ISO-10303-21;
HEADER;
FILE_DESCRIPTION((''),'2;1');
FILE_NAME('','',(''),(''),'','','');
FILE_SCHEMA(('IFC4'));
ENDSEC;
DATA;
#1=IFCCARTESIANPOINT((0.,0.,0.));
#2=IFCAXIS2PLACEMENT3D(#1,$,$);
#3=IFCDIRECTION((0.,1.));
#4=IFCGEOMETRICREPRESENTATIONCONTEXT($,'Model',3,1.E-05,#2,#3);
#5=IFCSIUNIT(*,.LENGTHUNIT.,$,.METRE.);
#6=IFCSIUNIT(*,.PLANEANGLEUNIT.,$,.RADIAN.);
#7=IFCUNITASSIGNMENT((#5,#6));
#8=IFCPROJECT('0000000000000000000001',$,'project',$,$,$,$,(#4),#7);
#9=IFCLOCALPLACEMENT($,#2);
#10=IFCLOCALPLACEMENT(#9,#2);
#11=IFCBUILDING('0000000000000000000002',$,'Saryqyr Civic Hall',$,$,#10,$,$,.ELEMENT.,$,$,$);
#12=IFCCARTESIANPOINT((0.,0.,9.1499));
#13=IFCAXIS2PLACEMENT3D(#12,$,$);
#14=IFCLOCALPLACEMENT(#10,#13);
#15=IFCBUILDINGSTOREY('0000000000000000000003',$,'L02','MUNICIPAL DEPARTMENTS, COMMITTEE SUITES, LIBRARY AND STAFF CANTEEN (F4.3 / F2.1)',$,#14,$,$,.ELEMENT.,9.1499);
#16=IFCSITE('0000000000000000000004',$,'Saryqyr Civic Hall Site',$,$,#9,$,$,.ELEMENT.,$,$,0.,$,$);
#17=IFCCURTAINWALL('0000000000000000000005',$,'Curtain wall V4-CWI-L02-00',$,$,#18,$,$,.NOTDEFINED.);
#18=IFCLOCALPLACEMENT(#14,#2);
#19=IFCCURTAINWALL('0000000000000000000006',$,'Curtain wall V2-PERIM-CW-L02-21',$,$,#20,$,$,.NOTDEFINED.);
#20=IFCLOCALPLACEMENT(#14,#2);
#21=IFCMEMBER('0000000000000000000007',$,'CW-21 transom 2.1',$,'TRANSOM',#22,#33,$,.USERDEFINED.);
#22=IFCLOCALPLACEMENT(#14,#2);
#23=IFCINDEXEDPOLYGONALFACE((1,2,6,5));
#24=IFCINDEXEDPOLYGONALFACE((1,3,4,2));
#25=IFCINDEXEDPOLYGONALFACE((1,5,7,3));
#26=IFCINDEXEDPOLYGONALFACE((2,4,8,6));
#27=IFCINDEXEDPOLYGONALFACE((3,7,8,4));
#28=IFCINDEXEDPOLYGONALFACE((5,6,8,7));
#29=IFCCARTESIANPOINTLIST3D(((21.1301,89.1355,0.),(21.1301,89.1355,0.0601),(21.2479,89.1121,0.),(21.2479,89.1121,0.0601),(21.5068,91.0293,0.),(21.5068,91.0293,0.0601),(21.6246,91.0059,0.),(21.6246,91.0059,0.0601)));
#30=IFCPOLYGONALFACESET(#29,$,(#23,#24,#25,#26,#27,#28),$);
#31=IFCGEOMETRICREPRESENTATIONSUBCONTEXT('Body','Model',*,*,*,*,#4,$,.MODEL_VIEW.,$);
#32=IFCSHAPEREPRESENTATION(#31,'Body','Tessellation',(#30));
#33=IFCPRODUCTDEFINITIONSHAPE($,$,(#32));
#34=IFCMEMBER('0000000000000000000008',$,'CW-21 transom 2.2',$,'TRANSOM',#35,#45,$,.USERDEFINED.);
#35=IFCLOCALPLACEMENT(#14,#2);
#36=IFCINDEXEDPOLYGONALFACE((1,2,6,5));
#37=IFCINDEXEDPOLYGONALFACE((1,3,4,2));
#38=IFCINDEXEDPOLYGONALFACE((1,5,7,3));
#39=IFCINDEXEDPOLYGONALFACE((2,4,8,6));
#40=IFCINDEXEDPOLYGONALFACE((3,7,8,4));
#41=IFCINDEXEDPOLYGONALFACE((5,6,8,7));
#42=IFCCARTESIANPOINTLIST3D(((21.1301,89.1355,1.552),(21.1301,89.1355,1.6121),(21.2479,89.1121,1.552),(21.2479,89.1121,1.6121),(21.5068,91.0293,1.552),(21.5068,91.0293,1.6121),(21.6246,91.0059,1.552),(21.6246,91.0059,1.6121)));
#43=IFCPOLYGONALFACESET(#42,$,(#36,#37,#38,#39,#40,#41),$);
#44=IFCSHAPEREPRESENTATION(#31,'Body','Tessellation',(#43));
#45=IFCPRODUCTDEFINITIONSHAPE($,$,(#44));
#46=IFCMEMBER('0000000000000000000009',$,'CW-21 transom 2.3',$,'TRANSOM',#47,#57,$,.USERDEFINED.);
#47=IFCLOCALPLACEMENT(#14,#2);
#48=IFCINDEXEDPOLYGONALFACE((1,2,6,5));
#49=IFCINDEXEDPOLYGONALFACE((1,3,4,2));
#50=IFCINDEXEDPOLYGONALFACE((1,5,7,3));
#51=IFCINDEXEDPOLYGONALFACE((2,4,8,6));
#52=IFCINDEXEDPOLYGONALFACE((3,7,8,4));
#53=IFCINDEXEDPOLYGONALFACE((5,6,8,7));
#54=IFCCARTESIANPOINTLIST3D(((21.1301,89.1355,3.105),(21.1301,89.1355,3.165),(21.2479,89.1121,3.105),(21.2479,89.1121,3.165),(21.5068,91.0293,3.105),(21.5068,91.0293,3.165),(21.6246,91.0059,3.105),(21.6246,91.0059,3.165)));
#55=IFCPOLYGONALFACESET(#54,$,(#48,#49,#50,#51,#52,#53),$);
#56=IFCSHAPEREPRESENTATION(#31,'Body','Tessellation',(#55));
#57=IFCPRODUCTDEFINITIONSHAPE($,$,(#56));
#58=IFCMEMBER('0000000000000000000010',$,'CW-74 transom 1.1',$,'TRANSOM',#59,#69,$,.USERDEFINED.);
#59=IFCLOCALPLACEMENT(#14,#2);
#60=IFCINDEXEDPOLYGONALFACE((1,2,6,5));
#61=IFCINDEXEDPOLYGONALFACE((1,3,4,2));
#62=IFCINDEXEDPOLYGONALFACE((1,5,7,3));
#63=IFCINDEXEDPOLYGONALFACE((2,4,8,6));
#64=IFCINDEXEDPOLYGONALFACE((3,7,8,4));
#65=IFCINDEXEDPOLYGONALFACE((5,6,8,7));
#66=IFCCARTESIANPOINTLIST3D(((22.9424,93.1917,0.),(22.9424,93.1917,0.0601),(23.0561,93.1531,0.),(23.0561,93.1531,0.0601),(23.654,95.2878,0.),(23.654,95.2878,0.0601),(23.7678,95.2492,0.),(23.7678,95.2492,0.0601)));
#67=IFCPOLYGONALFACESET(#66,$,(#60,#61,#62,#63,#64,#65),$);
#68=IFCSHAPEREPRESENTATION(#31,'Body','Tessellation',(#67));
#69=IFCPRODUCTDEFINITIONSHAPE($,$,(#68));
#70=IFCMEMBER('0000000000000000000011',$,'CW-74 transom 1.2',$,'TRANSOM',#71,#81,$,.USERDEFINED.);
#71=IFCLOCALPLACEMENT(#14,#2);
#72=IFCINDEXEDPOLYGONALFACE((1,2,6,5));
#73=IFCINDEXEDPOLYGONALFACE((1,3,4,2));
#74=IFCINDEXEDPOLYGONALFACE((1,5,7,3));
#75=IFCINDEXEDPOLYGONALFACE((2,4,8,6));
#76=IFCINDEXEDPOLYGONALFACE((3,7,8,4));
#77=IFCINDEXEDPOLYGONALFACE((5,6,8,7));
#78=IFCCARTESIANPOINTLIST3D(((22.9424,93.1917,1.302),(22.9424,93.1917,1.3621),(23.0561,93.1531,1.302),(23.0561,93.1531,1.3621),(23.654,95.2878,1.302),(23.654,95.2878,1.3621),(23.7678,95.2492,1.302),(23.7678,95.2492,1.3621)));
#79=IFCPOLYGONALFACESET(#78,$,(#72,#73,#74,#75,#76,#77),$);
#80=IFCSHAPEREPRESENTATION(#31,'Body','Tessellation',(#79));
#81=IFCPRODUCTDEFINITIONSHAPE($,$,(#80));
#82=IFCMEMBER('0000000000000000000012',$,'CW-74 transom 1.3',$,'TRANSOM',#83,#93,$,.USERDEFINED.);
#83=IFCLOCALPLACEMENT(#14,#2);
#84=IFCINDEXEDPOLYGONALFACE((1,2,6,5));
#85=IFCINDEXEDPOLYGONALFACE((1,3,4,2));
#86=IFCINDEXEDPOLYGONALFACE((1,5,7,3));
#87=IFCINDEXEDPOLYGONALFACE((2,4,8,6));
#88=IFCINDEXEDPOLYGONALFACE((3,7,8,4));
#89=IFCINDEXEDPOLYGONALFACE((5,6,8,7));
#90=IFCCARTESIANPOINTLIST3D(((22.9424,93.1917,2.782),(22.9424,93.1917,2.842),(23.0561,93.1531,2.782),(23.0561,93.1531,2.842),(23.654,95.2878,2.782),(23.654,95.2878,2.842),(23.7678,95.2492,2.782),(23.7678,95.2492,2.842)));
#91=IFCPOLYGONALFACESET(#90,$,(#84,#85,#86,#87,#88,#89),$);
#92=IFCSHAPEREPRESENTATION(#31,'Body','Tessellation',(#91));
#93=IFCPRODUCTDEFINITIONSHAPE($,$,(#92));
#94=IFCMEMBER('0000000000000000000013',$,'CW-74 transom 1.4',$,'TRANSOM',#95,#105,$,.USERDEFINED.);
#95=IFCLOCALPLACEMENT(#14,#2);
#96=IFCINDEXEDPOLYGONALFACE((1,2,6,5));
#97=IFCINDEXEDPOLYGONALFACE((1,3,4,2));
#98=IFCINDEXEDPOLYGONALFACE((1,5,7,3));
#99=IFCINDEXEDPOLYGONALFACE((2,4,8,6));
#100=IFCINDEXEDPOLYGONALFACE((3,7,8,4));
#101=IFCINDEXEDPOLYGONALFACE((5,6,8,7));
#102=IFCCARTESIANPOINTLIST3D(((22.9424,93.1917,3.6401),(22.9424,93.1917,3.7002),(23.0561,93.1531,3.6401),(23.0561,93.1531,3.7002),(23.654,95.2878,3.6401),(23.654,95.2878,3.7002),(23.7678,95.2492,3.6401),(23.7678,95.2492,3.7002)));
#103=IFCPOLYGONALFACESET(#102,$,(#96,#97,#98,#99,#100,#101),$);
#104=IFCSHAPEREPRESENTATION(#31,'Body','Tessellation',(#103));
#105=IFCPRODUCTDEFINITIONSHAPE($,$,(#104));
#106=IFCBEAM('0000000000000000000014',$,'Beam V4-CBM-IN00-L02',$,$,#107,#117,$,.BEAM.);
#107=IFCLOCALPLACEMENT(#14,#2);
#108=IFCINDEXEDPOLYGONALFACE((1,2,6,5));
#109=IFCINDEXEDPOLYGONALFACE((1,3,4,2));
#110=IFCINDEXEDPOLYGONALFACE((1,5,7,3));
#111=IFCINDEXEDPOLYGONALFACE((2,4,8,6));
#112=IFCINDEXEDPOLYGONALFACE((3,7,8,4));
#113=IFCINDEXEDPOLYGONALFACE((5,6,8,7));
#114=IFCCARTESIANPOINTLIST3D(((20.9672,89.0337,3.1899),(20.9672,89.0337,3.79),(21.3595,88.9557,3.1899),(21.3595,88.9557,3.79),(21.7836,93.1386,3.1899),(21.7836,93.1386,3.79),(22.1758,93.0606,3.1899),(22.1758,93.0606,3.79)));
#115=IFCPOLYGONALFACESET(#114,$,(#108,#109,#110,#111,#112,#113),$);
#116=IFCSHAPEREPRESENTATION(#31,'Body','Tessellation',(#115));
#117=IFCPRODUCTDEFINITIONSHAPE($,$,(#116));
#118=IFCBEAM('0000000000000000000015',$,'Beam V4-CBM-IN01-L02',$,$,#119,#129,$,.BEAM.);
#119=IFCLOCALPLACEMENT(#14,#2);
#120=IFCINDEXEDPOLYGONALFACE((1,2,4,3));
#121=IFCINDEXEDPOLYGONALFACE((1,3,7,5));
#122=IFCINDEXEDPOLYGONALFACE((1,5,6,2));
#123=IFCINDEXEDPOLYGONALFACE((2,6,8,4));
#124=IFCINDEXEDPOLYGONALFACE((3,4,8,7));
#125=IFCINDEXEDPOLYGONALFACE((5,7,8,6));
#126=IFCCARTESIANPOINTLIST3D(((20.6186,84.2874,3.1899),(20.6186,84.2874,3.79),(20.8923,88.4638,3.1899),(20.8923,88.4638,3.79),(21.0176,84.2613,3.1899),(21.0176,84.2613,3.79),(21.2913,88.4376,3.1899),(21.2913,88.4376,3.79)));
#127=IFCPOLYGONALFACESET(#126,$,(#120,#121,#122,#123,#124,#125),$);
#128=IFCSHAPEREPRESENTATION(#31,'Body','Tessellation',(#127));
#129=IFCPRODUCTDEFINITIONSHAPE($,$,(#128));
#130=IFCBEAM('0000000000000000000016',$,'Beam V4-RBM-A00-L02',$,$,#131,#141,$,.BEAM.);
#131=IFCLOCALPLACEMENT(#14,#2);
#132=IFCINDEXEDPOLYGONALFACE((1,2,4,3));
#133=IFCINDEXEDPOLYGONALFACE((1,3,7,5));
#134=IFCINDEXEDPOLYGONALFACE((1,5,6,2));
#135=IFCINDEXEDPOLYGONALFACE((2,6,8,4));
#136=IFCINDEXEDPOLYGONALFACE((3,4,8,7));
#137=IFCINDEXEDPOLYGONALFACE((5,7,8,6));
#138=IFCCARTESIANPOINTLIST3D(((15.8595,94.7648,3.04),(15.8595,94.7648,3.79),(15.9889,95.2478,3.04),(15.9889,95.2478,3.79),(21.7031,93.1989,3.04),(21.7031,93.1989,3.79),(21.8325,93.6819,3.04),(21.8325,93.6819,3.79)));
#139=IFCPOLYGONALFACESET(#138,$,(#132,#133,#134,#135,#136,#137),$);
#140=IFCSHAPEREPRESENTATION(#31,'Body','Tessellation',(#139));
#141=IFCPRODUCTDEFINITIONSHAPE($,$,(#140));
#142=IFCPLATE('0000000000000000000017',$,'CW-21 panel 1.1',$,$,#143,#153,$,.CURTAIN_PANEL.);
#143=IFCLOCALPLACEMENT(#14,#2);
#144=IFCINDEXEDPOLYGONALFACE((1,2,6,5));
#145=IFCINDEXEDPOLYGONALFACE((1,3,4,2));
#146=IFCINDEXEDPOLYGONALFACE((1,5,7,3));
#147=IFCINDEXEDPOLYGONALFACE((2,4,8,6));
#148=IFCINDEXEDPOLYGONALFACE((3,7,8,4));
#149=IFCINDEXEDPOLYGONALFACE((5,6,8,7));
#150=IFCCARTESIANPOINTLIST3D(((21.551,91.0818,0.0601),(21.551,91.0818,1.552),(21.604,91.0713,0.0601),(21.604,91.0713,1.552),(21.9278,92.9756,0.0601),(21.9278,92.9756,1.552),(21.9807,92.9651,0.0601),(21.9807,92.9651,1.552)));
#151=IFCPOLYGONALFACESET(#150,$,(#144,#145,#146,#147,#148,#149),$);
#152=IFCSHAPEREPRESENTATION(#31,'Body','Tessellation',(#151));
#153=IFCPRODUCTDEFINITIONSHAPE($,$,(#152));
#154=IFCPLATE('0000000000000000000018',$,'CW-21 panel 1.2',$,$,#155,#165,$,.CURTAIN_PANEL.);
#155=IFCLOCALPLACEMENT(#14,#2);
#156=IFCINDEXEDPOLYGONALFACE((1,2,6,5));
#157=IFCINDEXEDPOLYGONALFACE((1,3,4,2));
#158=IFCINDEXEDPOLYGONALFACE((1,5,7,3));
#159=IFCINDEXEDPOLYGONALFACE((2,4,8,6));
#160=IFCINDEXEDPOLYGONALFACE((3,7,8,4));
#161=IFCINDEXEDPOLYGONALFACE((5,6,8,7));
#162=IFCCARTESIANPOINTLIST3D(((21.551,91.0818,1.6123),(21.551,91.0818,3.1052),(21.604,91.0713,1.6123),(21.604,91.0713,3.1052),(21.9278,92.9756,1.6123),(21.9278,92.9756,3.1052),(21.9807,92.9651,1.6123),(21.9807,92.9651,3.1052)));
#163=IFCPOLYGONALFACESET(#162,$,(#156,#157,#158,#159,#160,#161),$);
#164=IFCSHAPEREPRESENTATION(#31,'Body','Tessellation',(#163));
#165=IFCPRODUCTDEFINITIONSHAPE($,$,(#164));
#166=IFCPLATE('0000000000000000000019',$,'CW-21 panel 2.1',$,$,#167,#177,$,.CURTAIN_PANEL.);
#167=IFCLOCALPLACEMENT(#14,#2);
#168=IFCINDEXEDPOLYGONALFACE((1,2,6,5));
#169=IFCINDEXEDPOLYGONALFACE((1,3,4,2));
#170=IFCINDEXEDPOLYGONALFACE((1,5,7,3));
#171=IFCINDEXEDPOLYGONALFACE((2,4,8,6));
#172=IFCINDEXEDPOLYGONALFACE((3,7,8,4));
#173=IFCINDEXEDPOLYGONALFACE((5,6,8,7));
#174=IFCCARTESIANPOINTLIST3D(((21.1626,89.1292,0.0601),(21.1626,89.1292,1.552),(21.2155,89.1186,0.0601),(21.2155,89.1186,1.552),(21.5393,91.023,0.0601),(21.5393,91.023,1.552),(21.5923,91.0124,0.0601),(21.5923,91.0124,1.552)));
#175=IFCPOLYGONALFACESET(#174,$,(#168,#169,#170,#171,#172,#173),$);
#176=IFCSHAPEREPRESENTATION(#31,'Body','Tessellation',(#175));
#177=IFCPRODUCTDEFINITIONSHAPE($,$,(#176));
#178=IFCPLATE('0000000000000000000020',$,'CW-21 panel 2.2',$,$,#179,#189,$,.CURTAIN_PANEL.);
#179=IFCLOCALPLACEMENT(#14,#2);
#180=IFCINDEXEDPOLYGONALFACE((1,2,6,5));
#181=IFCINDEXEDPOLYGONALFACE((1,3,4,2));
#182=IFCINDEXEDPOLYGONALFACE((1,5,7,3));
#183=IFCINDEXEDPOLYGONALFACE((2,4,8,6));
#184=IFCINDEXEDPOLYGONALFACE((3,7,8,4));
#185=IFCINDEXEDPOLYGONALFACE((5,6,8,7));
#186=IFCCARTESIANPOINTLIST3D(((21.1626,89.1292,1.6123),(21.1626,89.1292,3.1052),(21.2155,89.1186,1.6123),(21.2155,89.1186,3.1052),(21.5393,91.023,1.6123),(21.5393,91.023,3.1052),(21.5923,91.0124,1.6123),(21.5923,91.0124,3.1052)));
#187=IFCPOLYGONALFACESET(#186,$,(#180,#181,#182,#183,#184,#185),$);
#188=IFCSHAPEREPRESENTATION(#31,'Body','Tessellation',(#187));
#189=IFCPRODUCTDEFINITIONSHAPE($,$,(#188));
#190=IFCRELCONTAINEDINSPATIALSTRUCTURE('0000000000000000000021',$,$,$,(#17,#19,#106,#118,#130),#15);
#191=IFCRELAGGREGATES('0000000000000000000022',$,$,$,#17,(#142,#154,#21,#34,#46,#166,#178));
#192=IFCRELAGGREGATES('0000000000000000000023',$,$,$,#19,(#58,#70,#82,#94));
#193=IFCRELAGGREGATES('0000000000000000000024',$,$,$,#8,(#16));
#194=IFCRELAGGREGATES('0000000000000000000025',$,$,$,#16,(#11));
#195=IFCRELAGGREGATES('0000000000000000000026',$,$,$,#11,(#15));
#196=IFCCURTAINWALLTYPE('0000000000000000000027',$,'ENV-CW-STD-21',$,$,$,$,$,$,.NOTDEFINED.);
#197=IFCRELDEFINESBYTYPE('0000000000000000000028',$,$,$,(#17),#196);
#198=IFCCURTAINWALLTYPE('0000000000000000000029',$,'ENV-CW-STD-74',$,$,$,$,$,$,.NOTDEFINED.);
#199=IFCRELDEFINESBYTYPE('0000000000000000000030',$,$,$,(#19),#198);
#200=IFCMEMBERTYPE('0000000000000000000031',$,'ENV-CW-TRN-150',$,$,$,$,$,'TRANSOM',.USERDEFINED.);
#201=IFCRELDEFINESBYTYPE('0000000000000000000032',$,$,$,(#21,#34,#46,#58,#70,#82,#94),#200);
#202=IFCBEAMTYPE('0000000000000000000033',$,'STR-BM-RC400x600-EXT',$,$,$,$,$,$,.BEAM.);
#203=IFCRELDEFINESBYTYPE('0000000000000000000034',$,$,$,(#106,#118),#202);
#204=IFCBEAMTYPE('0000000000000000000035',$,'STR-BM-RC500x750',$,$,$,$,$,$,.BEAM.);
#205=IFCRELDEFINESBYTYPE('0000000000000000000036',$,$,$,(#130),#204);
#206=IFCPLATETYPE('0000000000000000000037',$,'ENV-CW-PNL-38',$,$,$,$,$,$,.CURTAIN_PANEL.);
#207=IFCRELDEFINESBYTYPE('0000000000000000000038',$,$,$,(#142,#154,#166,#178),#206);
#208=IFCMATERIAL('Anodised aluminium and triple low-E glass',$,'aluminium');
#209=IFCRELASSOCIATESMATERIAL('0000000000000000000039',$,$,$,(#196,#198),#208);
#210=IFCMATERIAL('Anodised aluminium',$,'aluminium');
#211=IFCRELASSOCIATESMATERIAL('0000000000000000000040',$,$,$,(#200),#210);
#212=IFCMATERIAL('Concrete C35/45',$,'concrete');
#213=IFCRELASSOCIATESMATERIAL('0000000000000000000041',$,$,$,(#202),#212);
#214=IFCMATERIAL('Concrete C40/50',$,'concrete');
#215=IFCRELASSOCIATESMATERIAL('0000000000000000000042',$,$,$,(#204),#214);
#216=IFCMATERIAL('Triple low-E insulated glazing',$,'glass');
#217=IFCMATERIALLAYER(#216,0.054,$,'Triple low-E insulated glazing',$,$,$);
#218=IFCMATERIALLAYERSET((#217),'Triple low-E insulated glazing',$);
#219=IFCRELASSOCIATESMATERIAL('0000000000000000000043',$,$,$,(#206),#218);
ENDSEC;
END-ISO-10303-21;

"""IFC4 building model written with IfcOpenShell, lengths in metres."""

from ifc_helpers import new_model, si_unit, direction, frame, origin, origin_2d, place, context, subcontext, project, spatial, rectangle, extrude, material, layer, layer_set, material_profile, profile_set, type_object, element, aggregate, save


model = new_model("IFC4")

# Units and contexts
model_context = context("Model", 3, precision=1e-05, world=origin(), true_north=direction((0.0, 1.0)))
body_context = subcontext(model_context, "Body", "Model", "MODEL_VIEW")
ifc_project = project(units=[si_unit("LENGTHUNIT", "METRE"), si_unit("PLANEANGLEUNIT", "RADIAN")], contexts=[model_context])

# Site, building, storey
site_placement = place(None, origin())
site = spatial("IfcSite", under=ifc_project, at=site_placement, Name="Saryqyr Civic Hall Site", CompositionType="ELEMENT", RefElevation=0.0)
building_placement = place(site_placement, origin())
building = spatial("IfcBuilding", under=site, at=building_placement, Name="Saryqyr Civic Hall", CompositionType="ELEMENT")
storey_placement = place(building_placement, frame((0.0, 0.0, 9.1499)))
storey = spatial("IfcBuildingStorey", under=building, at=storey_placement, Name="L02", Description="MUNICIPAL DEPARTMENTS, COMMITTEE SUITES, LIBRARY AND STAFF CANTEEN (F4.3 / F2.1)", CompositionType="ELEMENT", Elevation=9.1499)

# Shared definitions
ifc_material_1 = material(Name="Concrete C40/50", Category="concrete")

# Curtain wall
ifc_material_2 = material(Name="Anodised aluminium and triple low-E glass", Category="aluminium")
curtain_wall_type_1 = type_object("IfcCurtainWallType", Name="ENV-CW-STD-21", PredefinedType="NOTDEFINED", material=ifc_material_2)
curtain_wall_1_placement = place(storey_placement, origin())
curtain_wall_1 = element("IfcCurtainWall", 1, at=curtain_wall_1_placement, inside=storey, type_object=curtain_wall_type_1, Name="Curtain wall V4-CWI-L02-00", PredefinedType="NOTDEFINED")
ifc_material_3 = material(Name="Anodised aluminium", Category="aluminium")

# Curtain wall
curtain_wall_type_2 = type_object("IfcCurtainWallType", Name="ENV-CW-STD-74", PredefinedType="NOTDEFINED", material=ifc_material_2)
curtain_wall_2_placement = place(storey_placement, origin())
curtain_wall_2 = element("IfcCurtainWall", 2, at=curtain_wall_2_placement, inside=storey, type_object=curtain_wall_type_2, Name="Curtain wall V2-PERIM-CW-L02-21", PredefinedType="NOTDEFINED")

# Members
ifc_material_profile_1 = material_profile(ifc_material_3, rectangle(XDim=0.1201, YDim=0.0601, at=origin_2d()), Name="ALU TRANSOM 120x60")
ifc_profile_set_1 = profile_set([ifc_material_profile_1], Name="Anodised aluminium")
member_type_1 = type_object("IfcMemberType", Name="ENV-CW-TRN-150", ElementType="TRANSOM", PredefinedType="USERDEFINED", material=ifc_profile_set_1)
member_1_placement = place(storey_placement, frame((21.5657, 91.0176, 0.03), z_axis=(-0.195095, -0.980784, 0.0), x_axis=(0.980784, -0.195095, 0.0)))
member_1 = element("IfcMember", 3, at=member_1_placement, type_object=member_type_1, Name="CW-21 transom 2.1", ObjectType="TRANSOM", PredefinedType="USERDEFINED", context=body_context, shape_type="SweptSolid", body=[
    extrude(rectangle(XDim=0.1201, YDim=0.0601, at=origin_2d()), origin(), (0.0, 0.0, 1.0), 1.9309),
])
member_2_placement = place(storey_placement, frame((21.5657, 91.0176, 1.582), z_axis=(-0.195095, -0.980784, 0.0), x_axis=(0.980784, -0.195095, 0.0)))
member_2 = element("IfcMember", 4, at=member_2_placement, type_object=member_type_1, Name="CW-21 transom 2.2", ObjectType="TRANSOM", PredefinedType="USERDEFINED", context=body_context, shape_type="SweptSolid", body=[
    extrude(rectangle(XDim=0.1201, YDim=0.0601, at=origin_2d()), origin(), (0.0, 0.0, 1.0), 1.9309),
])
member_3_placement = place(storey_placement, frame((21.5657, 91.0176, 3.135), z_axis=(-0.195095, -0.980784, 0.0), x_axis=(0.980784, -0.195095, 0.0)))
member_3 = element("IfcMember", 5, at=member_3_placement, type_object=member_type_1, Name="CW-21 transom 2.3", ObjectType="TRANSOM", PredefinedType="USERDEFINED", context=body_context, shape_type="SweptSolid", body=[
    extrude(rectangle(XDim=0.1201, YDim=0.0601, at=origin_2d()), origin(), (0.0, 0.0, 1.0), 1.9309),
])
member_4_placement = place(storey_placement, frame((22.9993, 93.1724, 0.03), z_axis=(0.321484, 0.946915, 0.0), x_axis=(-0.946915, 0.321484, 0.0)))
member_4 = element("IfcMember", 6, at=member_4_placement, type_object=member_type_1, Name="CW-74 transom 1.1", ObjectType="TRANSOM", PredefinedType="USERDEFINED", context=body_context, shape_type="SweptSolid", body=[
    extrude(rectangle(XDim=0.1201, YDim=0.0601, at=origin_2d()), origin(), (0.0, 0.0, 1.0), 2.2136),
])
member_5_placement = place(storey_placement, frame((22.9993, 93.1724, 1.332), z_axis=(0.321484, 0.946915, 0.0), x_axis=(-0.946915, 0.321484, 0.0)))
member_5 = element("IfcMember", 7, at=member_5_placement, type_object=member_type_1, Name="CW-74 transom 1.2", ObjectType="TRANSOM", PredefinedType="USERDEFINED", context=body_context, shape_type="SweptSolid", body=[
    extrude(rectangle(XDim=0.1201, YDim=0.0601, at=origin_2d()), origin(), (0.0, 0.0, 1.0), 2.2136),
])
member_6_placement = place(storey_placement, frame((22.9993, 93.1724, 2.812), z_axis=(0.321484, 0.946915, 0.0), x_axis=(-0.946915, 0.321484, 0.0)))
member_6 = element("IfcMember", 8, at=member_6_placement, type_object=member_type_1, Name="CW-74 transom 1.3", ObjectType="TRANSOM", PredefinedType="USERDEFINED", context=body_context, shape_type="SweptSolid", body=[
    extrude(rectangle(XDim=0.1201, YDim=0.0601, at=origin_2d()), origin(), (0.0, 0.0, 1.0), 2.2136),
])
member_7_placement = place(storey_placement, frame((22.9993, 93.1724, 3.6702), z_axis=(0.321484, 0.946915, 0.0), x_axis=(-0.946915, 0.321484, 0.0)))
member_7 = element("IfcMember", 9, at=member_7_placement, type_object=member_type_1, Name="CW-74 transom 1.4", ObjectType="TRANSOM", PredefinedType="USERDEFINED", context=body_context, shape_type="SweptSolid", body=[
    extrude(rectangle(XDim=0.1201, YDim=0.0601, at=origin_2d()), origin(), (0.0, 0.0, 1.0), 2.2136),
])

# Beams
ifc_material_4 = material(Name="Concrete C35/45", Category="concrete")
ifc_material_profile_2 = material_profile(ifc_material_4, rectangle(XDim=0.3999, YDim=0.6001, at=origin_2d()), Name="RC 400x600")
ifc_profile_set_2 = profile_set([ifc_material_profile_2], Name="Concrete C35/45")
beam_type_1 = type_object("IfcBeamType", Name="STR-BM-RC400x600-EXT", PredefinedType="BEAM", material=ifc_profile_set_2)
for number, where, z_axis, x_axis, name in (
    (10, (21.9797, 93.0996, 3.49), (-0.195062, -0.980791, 0.0), (0.980791, -0.195062, 0.0), "Beam V4-CBM-IN00-L02"),
    (11, (21.0918, 88.4507, 3.49), (-0.065392, -0.99786, 0.0), (0.99786, -0.065392, 0.0), "Beam V4-CBM-IN01-L02"),
):
    element("IfcBeam", number, at=place(storey_placement, frame(where, z_axis=z_axis, x_axis=x_axis)), inside=storey, type_object=beam_type_1, Name=name, PredefinedType="BEAM", context=body_context, shape_type="SweptSolid", body=[
        extrude(rectangle(XDim=0.3999, YDim=0.6001, at=origin_2d()), origin(), (0.0, 0.0, 1.0), 4.1853),
    ])
ifc_material_profile_3 = material_profile(ifc_material_1, rectangle(XDim=0.5, YDim=0.75, at=origin_2d()), Name="RC 500x750")
ifc_profile_set_3 = profile_set([ifc_material_profile_3], Name="Concrete C40/50")
beam_type_2 = type_object("IfcBeamType", Name="STR-BM-RC500x750", PredefinedType="BEAM", material=ifc_profile_set_3)
beam_placement = place(storey_placement, frame((21.7678, 93.4404, 3.415), z_axis=(-0.965922, 0.258833, 0.0), x_axis=(-0.258833, -0.965922, 0.0)))
element("IfcBeam", 12, at=beam_placement, inside=storey, type_object=beam_type_2, Name="Beam V4-RBM-A00-L02", PredefinedType="BEAM", context=body_context, shape_type="SweptSolid", body=[
    extrude(rectangle(XDim=0.5, YDim=0.75, at=origin_2d()), origin(), (0.0, 0.0, 1.0), 6.0498),
])

# Plates
ifc_material_5 = material(Name="Triple low-E insulated glazing", Category="glass")
ifc_layer_1 = layer(ifc_material_5, 0.054, Name="Triple low-E insulated glazing")
ifc_layer_set_1 = layer_set([ifc_layer_1], Name="Triple low-E insulated glazing")
plate_type = type_object("IfcPlateType", Name="ENV-CW-PNL-38", PredefinedType="CURTAIN_PANEL", material=ifc_layer_set_1)
plate_1_placement = place(storey_placement, frame((21.7659, 92.0234, 0.0601), z_axis=(0.0, 0.0, 1.0), x_axis=(-0.195107, -0.980782, 0.0)))
plate_1 = element("IfcPlate", 13, at=plate_1_placement, type_object=plate_type, Name="CW-21 panel 1.1", PredefinedType="CURTAIN_PANEL", context=body_context, shape_type="SweptSolid", body=[
    extrude(rectangle(XDim=1.9309, YDim=0.054, at=origin_2d()), origin(), (0.0, 0.0, 1.0), 1.4919),
])
plate_2_placement = place(storey_placement, frame((21.7659, 92.0234, 1.6123), z_axis=(0.0, 0.0, 1.0), x_axis=(-0.195107, -0.980782, 0.0)))
plate_2 = element("IfcPlate", 14, at=plate_2_placement, type_object=plate_type, Name="CW-21 panel 1.2", PredefinedType="CURTAIN_PANEL", context=body_context, shape_type="SweptSolid", body=[
    extrude(rectangle(XDim=1.9309, YDim=0.054, at=origin_2d()), origin(), (0.0, 0.0, 1.0), 1.4929),
])
plate_3_placement = place(storey_placement, frame((21.3774, 90.0708, 0.0601), z_axis=(0.0, 0.0, 1.0), x_axis=(-0.195107, -0.980782, 0.0)))
plate_3 = element("IfcPlate", 15, at=plate_3_placement, type_object=plate_type, Name="CW-21 panel 2.1", PredefinedType="CURTAIN_PANEL", context=body_context, shape_type="SweptSolid", body=[
    extrude(rectangle(XDim=1.9309, YDim=0.054, at=origin_2d()), origin(), (0.0, 0.0, 1.0), 1.4919),
])
plate_4_placement = place(storey_placement, frame((21.3774, 90.0708, 1.6123), z_axis=(0.0, 0.0, 1.0), x_axis=(-0.195107, -0.980782, 0.0)))
plate_4 = element("IfcPlate", 16, at=plate_4_placement, type_object=plate_type, Name="CW-21 panel 2.2", PredefinedType="CURTAIN_PANEL", context=body_context, shape_type="SweptSolid", body=[
    extrude(rectangle(XDim=1.9309, YDim=0.054, at=origin_2d()), origin(), (0.0, 0.0, 1.0), 1.4929),
])
aggregate(curtain_wall_1, [plate_1, plate_2, member_1, member_2, member_3, plate_3, plate_4])
aggregate(curtain_wall_2, [member_4, member_5, member_6, member_7])

save(model, "model.ifc")
